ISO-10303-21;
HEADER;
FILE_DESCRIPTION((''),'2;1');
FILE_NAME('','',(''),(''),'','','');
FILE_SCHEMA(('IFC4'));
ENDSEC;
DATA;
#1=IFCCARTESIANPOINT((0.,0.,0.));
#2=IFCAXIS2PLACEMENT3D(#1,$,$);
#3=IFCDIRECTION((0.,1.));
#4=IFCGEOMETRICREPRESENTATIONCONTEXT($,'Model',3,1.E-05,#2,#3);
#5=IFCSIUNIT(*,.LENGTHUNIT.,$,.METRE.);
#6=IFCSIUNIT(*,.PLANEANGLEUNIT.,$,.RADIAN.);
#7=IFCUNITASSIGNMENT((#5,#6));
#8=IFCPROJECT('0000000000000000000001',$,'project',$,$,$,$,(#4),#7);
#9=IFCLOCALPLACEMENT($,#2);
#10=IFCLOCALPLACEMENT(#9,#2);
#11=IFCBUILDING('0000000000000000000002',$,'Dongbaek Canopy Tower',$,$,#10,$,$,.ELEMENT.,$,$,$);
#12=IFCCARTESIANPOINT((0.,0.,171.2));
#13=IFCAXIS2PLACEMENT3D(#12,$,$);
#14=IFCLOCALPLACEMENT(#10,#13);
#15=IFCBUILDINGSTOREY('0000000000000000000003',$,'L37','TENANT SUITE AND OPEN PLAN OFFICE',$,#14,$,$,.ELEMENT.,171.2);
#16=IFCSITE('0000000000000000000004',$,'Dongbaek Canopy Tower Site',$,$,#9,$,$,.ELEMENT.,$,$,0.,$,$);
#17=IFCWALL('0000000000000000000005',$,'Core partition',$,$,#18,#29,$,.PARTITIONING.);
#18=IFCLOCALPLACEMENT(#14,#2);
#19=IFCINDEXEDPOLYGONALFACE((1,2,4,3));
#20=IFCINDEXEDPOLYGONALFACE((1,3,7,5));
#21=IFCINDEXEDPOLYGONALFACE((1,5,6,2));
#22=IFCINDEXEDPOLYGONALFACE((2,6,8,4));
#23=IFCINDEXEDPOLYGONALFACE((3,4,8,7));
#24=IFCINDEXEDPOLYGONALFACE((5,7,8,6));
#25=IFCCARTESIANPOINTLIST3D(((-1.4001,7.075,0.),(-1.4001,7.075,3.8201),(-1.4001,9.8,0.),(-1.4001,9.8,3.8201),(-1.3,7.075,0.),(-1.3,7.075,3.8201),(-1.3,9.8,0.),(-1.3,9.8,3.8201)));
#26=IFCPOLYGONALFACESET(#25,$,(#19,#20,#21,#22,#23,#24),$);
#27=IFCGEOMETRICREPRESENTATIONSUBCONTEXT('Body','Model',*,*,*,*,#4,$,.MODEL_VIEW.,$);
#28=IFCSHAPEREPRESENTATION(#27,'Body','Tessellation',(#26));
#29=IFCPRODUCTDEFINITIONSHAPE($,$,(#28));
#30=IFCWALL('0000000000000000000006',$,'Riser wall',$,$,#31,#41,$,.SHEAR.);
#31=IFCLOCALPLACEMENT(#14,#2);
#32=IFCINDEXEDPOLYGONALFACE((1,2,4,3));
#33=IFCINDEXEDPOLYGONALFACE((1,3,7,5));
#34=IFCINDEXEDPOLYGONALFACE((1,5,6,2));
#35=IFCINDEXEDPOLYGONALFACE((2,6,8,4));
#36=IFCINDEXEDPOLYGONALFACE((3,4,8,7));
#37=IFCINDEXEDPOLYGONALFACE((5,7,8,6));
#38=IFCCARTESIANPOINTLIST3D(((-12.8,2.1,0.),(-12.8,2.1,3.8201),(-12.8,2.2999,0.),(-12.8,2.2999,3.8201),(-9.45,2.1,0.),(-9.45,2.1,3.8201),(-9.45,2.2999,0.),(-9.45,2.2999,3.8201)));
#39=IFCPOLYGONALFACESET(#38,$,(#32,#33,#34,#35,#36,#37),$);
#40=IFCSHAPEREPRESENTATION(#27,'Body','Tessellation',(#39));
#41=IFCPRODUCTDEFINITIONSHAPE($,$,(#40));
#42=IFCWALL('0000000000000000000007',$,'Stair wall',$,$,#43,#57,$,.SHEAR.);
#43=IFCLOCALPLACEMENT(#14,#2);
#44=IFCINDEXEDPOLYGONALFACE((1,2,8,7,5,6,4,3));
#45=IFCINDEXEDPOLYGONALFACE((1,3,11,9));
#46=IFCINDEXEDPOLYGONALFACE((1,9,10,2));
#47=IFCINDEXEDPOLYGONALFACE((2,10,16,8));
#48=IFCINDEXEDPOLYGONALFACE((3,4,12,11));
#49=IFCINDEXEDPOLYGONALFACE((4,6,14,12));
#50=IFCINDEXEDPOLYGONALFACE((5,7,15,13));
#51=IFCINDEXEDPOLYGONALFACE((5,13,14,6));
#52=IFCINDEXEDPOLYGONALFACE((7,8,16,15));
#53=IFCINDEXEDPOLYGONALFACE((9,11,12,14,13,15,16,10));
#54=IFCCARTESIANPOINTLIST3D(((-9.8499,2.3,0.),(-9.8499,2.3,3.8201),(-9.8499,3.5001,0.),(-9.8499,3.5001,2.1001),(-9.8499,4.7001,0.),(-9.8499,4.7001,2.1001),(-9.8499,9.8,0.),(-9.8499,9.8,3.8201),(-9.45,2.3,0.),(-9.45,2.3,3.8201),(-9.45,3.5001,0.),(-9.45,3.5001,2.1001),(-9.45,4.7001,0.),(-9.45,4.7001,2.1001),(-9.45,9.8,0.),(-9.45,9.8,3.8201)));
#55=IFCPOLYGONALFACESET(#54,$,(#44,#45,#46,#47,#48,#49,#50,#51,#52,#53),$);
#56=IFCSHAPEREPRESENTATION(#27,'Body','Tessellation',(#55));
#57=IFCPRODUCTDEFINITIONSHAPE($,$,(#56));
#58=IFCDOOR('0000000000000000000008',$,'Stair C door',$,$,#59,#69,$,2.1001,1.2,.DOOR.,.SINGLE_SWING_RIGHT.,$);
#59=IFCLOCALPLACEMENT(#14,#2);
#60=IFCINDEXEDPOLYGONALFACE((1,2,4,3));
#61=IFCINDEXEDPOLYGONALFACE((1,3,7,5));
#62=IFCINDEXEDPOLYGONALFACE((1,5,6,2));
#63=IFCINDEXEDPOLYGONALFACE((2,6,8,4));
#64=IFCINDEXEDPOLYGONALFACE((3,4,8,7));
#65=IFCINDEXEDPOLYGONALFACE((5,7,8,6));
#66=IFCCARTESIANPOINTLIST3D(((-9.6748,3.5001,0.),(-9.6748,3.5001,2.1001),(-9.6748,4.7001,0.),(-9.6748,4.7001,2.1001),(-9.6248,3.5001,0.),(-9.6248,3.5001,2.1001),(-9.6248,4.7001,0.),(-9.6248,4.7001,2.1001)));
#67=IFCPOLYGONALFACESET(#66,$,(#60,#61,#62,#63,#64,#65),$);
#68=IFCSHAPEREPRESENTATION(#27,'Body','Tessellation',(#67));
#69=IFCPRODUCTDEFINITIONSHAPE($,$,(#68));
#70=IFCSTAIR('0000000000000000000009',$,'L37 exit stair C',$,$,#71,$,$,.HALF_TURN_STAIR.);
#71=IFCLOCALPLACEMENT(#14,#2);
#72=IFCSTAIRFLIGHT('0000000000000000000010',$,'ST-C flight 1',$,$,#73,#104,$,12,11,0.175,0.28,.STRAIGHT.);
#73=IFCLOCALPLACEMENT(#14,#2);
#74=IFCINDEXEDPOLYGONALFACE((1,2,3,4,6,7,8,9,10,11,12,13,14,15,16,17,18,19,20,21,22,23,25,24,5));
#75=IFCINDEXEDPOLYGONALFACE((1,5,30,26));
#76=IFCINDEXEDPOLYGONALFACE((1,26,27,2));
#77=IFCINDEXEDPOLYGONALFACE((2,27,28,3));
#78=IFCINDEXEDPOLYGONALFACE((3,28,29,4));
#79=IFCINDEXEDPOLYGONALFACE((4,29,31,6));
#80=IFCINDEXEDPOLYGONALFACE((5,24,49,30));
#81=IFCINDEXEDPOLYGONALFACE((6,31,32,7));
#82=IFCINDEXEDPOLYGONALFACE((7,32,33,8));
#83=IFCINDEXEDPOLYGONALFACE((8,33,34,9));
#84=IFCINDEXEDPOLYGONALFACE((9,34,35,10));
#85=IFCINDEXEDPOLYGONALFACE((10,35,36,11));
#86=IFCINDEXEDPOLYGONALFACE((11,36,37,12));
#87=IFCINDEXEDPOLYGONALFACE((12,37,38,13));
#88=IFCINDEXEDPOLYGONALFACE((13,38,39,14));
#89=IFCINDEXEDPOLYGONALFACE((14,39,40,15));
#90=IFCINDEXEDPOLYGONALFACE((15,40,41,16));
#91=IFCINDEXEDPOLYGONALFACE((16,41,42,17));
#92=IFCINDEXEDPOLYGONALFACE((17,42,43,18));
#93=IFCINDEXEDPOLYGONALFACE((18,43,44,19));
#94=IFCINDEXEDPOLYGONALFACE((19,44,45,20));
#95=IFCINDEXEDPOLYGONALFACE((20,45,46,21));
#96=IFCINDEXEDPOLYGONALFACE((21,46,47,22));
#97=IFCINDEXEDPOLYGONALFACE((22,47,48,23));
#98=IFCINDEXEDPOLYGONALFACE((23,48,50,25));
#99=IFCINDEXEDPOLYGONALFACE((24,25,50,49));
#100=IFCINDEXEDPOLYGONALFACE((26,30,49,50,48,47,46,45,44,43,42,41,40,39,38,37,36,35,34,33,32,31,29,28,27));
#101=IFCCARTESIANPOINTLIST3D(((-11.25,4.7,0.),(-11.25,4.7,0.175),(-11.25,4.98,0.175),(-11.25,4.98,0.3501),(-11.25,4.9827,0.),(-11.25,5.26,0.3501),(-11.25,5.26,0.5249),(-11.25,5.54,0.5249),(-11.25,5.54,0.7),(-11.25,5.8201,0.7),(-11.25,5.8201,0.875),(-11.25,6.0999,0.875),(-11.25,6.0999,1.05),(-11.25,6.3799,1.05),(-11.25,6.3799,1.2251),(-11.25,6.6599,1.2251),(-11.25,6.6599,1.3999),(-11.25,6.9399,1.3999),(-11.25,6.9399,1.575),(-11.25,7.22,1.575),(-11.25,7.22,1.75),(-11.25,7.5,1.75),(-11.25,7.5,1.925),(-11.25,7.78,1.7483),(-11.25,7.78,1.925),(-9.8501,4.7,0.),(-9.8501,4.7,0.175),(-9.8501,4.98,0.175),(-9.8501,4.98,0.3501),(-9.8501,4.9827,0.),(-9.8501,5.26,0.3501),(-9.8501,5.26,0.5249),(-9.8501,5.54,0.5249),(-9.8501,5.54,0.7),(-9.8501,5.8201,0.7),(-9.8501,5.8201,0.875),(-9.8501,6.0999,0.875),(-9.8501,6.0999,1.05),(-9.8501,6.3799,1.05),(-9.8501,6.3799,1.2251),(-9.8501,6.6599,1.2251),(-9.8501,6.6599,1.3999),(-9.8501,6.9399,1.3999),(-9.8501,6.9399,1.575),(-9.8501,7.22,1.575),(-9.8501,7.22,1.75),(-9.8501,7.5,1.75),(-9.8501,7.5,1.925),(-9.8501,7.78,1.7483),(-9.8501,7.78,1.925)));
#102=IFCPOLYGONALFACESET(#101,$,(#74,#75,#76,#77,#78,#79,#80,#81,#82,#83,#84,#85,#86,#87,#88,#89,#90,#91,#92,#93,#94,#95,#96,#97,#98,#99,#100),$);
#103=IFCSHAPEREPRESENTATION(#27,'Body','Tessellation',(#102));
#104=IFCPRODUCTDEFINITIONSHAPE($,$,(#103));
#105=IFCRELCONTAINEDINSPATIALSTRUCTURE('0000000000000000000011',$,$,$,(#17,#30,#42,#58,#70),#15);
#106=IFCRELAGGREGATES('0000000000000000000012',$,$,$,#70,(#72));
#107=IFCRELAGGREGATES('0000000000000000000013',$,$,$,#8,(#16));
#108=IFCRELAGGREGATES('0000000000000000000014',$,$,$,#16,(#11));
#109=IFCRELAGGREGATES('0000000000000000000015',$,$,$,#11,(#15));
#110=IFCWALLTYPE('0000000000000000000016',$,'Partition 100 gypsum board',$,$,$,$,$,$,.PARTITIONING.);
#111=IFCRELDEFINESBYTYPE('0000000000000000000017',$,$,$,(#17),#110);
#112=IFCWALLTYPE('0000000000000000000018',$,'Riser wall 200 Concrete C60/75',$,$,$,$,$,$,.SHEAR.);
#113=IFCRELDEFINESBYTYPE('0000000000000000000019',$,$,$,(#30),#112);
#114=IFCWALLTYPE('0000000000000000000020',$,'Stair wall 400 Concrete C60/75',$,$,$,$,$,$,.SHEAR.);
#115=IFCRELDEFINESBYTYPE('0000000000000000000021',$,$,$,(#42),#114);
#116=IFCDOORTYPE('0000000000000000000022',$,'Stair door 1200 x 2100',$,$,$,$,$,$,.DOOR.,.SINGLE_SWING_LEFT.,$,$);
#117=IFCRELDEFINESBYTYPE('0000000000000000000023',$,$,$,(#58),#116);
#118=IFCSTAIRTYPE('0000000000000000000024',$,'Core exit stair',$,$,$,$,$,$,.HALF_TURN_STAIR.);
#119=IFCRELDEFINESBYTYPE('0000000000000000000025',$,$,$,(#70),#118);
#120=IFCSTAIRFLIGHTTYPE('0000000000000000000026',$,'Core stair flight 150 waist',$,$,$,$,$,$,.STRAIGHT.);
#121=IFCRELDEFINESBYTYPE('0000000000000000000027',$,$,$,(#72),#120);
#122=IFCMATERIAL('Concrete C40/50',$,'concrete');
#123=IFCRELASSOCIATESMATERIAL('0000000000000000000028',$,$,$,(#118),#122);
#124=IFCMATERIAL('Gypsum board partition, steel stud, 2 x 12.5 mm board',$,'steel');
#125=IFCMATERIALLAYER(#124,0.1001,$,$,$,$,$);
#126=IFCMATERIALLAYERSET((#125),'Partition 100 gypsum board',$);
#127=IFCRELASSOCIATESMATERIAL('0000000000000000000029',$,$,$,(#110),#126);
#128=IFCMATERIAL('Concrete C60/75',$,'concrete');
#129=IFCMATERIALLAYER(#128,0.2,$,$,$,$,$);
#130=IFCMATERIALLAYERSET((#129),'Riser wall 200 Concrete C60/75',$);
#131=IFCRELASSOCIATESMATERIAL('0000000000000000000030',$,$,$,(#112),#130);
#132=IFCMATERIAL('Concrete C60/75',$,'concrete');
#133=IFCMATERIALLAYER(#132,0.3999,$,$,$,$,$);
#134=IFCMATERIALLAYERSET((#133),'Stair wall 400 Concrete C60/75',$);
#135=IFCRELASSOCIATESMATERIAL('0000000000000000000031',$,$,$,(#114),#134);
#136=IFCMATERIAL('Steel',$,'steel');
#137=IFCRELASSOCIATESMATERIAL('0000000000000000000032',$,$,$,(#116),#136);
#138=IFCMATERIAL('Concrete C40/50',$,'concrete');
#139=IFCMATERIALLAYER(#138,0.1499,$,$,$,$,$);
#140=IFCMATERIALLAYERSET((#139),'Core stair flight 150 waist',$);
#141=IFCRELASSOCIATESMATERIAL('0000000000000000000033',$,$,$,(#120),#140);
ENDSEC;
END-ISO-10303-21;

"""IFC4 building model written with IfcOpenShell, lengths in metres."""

from ifc_helpers import new_model, si_unit, direction, frame, frame_2d, origin, place, context, subcontext, project, spatial, polyline, rectangle, outline, extrude, material, layer, layer_set, type_object, element, fill, aggregate, save


model = new_model("IFC4")

# Units and contexts
model_context = context("Model", 3, precision=1e-05, world=origin(), true_north=direction((0.0, 1.0)))
body_context = subcontext(model_context, "Body", "Model", "MODEL_VIEW")
ifc_project = project(units=[si_unit("LENGTHUNIT", "METRE"), si_unit("PLANEANGLEUNIT", "RADIAN")], contexts=[model_context])

# Site, building, storey
site_placement = place(None, origin())
site = spatial("IfcSite", under=ifc_project, at=site_placement, Name="Dongbaek Canopy Tower Site", CompositionType="ELEMENT", RefElevation=0.0)
building_placement = place(site_placement, origin())
building = spatial("IfcBuilding", under=site, at=building_placement, Name="Dongbaek Canopy Tower", CompositionType="ELEMENT")
storey_placement = place(building_placement, frame((0.0, 0.0, 171.2)))
storey = spatial("IfcBuildingStorey", under=building, at=storey_placement, Name="L37", Description="TENANT SUITE AND OPEN PLAN OFFICE", CompositionType="ELEMENT", Elevation=171.2)

# Shared definitions
ifc_material_1 = material(Name="Concrete C40/50", Category="concrete")
stair_type = type_object("IfcStairType", Name="Core exit stair", PredefinedType="HALF_TURN_STAIR", material=ifc_material_1)

# Walls
ifc_material_2 = material(Name="Gypsum board partition, steel stud, 2 x 12.5 mm board", Category="steel")
ifc_layer_1 = layer(ifc_material_2, 0.1001)
ifc_layer_set_1 = layer_set([ifc_layer_1], Name="Partition 100 gypsum board")
wall_type_1 = type_object("IfcWallType", Name="Partition 100 gypsum board", PredefinedType="PARTITIONING", material=ifc_layer_set_1)
for number, where, z_axis, x_axis, name in (
    (1, (-1.3501, 7.075, 0.0), (0.0, 0.0, 1.0), (0.0, 1.0, 0.0), "Core partition"),
):
    element("IfcWall", number, at=place(storey_placement, frame(where, z_axis=z_axis, x_axis=x_axis)), inside=storey, type_object=wall_type_1, Name=name, PredefinedType="PARTITIONING", context=body_context, shape_type="SweptSolid", body=[
        extrude(rectangle(XDim=2.7251, YDim=0.1001, at=frame_2d((1.3625, 0.0))), origin(), (0.0, 0.0, 1.0), 3.8201),
    ])
ifc_material_3 = material(Name="Concrete C60/75", Category="concrete")
ifc_layer_2 = layer(ifc_material_3, 0.2)
ifc_layer_set_2 = layer_set([ifc_layer_2], Name="Riser wall 200 Concrete C60/75")
wall_type_2 = type_object("IfcWallType", Name="Riser wall 200 Concrete C60/75", PredefinedType="SHEAR", material=ifc_layer_set_2)
wall_1_placement = place(storey_placement, frame((-9.45, 2.2, 0.0), z_axis=(0.0, 0.0, 1.0), x_axis=(-1.0, 0.0, 0.0)))
element("IfcWall", 2, at=wall_1_placement, inside=storey, type_object=wall_type_2, Name="Riser wall", PredefinedType="SHEAR", context=body_context, shape_type="SweptSolid", body=[
    extrude(rectangle(XDim=3.3501, YDim=0.2, at=frame_2d((1.675, 0.0))), origin(), (0.0, 0.0, 1.0), 3.8201),
])

# Wall, opening, door
ifc_material_4 = material(Name="Concrete C60/75", Category="concrete")
ifc_layer_3 = layer(ifc_material_4, 0.3999)
ifc_layer_set_3 = layer_set([ifc_layer_3], Name="Stair wall 400 Concrete C60/75")
wall_type_3 = type_object("IfcWallType", Name="Stair wall 400 Concrete C60/75", PredefinedType="SHEAR", material=ifc_layer_set_3)
wall_2_placement = place(storey_placement, frame((-9.6499, 2.3, 0.0), z_axis=(0.0, 0.0, 1.0), x_axis=(0.0, 1.0, 0.0)))
wall_2 = element("IfcWall", 3, at=wall_2_placement, inside=storey, type_object=wall_type_3, Name="Stair wall", PredefinedType="SHEAR", context=body_context, shape_type="SweptSolid", body=[
    extrude(rectangle(XDim=7.5, YDim=0.3999, at=frame_2d((3.75, 0.0))), origin(), (0.0, 0.0, 1.0), 3.8201),
])
opening_1_placement = place(wall_2_placement, frame((1.2, 0.0, 0.0)))
opening_1 = element("IfcOpeningElement", 4, at=opening_1_placement, cuts=wall_2, PredefinedType="OPENING", context=body_context, shape_type="SweptSolid", body=[
    extrude(rectangle(XDim=1.2, YDim=2.1001, at=frame_2d((0.6001, 1.05))), frame((0.0, 0.21, 0.0), z_axis=(0.0, -1.0, 0.0), x_axis=(1.0, 0.0, 0.0)), (0.0, 0.0, 1.0), 0.4199),
])
ifc_material_5 = material(Name="Steel", Category="steel")
door_type_1 = type_object("IfcDoorType", Name="Stair door 1200 x 2100", OperationType="SINGLE_SWING_LEFT", PredefinedType="DOOR", material=ifc_material_5)
door_1_placement = place(opening_1_placement, origin())
door_1 = element("IfcDoor", 5, at=door_1_placement, inside=storey, type_object=door_type_1, Name="Stair C door", OperationType="SINGLE_SWING_RIGHT", OverallHeight=2.1001, OverallWidth=1.2, PredefinedType="DOOR", context=body_context, shape_type="SweptSolid", body=[
    extrude(rectangle(XDim=1.2, YDim=2.1001, at=frame_2d((0.6001, 1.05))), frame((0.0, 0.0249, 0.0), z_axis=(0.0, -1.0, 0.0), x_axis=(1.0, 0.0, 0.0)), (0.0, 0.0, 1.0), 0.05),
])
fill(opening_1, door_1)

# Stair, stair flight
stair_1_placement = place(storey_placement, origin())
stair_1 = element("IfcStair", 6, at=stair_1_placement, inside=storey, type_object=stair_type, Name="L37 exit stair C", PredefinedType="HALF_TURN_STAIR")
ifc_material_6 = material(Name="Concrete C40/50", Category="concrete")
ifc_layer_4 = layer(ifc_material_6, 0.1499)
ifc_layer_set_4 = layer_set([ifc_layer_4], Name="Core stair flight 150 waist")
stair_flight_type = type_object("IfcStairFlightType", Name="Core stair flight 150 waist", PredefinedType="STRAIGHT", material=ifc_layer_set_4)
stair_flight_placement = place(storey_placement, frame((-10.55, 4.7, 0.0), z_axis=(0.0, 0.0, 1.0), x_axis=(0.0, 1.0, 0.0)))
stair_flight = element("IfcStairFlight", 7, at=stair_flight_placement, type_object=stair_flight_type, Name="ST-C flight 1", NumberOfRisers=12, NumberOfTreads=11, PredefinedType="STRAIGHT", RiserHeight=0.175, TreadLength=0.28, context=body_context, shape_type="SweptSolid", body=[
    extrude(outline(polyline([(0.0, 0.0), (0.0, 0.175), (0.28, 0.175), (0.28, 0.3501), (0.5601, 0.3501), (0.5601, 0.5249), (0.8401, 0.5249), (0.8401, 0.7), (1.1201, 0.7), (1.1201, 0.875), (1.3999, 0.875), (1.3999, 1.05), (1.6799, 1.05), (1.6799, 1.2251), (1.96, 1.2251), (1.96, 1.3999), (2.24, 1.3999), (2.24, 1.575), (2.52, 1.575), (2.52, 1.75), (2.8, 1.75), (2.8, 1.925), (3.0801, 1.925), (3.0801, 2.1001), (3.0801, 1.7483), (0.2827, 0.0), (0.0, 0.0)])), frame((0.0, 0.7, 0.0), z_axis=(0.0, -1.0, 0.0), x_axis=(1.0, 0.0, 0.0)), (0.0, 0.0, 1.0), 1.3999),
])
aggregate(stair_1, [stair_flight])

save(model, "model.ifc")
